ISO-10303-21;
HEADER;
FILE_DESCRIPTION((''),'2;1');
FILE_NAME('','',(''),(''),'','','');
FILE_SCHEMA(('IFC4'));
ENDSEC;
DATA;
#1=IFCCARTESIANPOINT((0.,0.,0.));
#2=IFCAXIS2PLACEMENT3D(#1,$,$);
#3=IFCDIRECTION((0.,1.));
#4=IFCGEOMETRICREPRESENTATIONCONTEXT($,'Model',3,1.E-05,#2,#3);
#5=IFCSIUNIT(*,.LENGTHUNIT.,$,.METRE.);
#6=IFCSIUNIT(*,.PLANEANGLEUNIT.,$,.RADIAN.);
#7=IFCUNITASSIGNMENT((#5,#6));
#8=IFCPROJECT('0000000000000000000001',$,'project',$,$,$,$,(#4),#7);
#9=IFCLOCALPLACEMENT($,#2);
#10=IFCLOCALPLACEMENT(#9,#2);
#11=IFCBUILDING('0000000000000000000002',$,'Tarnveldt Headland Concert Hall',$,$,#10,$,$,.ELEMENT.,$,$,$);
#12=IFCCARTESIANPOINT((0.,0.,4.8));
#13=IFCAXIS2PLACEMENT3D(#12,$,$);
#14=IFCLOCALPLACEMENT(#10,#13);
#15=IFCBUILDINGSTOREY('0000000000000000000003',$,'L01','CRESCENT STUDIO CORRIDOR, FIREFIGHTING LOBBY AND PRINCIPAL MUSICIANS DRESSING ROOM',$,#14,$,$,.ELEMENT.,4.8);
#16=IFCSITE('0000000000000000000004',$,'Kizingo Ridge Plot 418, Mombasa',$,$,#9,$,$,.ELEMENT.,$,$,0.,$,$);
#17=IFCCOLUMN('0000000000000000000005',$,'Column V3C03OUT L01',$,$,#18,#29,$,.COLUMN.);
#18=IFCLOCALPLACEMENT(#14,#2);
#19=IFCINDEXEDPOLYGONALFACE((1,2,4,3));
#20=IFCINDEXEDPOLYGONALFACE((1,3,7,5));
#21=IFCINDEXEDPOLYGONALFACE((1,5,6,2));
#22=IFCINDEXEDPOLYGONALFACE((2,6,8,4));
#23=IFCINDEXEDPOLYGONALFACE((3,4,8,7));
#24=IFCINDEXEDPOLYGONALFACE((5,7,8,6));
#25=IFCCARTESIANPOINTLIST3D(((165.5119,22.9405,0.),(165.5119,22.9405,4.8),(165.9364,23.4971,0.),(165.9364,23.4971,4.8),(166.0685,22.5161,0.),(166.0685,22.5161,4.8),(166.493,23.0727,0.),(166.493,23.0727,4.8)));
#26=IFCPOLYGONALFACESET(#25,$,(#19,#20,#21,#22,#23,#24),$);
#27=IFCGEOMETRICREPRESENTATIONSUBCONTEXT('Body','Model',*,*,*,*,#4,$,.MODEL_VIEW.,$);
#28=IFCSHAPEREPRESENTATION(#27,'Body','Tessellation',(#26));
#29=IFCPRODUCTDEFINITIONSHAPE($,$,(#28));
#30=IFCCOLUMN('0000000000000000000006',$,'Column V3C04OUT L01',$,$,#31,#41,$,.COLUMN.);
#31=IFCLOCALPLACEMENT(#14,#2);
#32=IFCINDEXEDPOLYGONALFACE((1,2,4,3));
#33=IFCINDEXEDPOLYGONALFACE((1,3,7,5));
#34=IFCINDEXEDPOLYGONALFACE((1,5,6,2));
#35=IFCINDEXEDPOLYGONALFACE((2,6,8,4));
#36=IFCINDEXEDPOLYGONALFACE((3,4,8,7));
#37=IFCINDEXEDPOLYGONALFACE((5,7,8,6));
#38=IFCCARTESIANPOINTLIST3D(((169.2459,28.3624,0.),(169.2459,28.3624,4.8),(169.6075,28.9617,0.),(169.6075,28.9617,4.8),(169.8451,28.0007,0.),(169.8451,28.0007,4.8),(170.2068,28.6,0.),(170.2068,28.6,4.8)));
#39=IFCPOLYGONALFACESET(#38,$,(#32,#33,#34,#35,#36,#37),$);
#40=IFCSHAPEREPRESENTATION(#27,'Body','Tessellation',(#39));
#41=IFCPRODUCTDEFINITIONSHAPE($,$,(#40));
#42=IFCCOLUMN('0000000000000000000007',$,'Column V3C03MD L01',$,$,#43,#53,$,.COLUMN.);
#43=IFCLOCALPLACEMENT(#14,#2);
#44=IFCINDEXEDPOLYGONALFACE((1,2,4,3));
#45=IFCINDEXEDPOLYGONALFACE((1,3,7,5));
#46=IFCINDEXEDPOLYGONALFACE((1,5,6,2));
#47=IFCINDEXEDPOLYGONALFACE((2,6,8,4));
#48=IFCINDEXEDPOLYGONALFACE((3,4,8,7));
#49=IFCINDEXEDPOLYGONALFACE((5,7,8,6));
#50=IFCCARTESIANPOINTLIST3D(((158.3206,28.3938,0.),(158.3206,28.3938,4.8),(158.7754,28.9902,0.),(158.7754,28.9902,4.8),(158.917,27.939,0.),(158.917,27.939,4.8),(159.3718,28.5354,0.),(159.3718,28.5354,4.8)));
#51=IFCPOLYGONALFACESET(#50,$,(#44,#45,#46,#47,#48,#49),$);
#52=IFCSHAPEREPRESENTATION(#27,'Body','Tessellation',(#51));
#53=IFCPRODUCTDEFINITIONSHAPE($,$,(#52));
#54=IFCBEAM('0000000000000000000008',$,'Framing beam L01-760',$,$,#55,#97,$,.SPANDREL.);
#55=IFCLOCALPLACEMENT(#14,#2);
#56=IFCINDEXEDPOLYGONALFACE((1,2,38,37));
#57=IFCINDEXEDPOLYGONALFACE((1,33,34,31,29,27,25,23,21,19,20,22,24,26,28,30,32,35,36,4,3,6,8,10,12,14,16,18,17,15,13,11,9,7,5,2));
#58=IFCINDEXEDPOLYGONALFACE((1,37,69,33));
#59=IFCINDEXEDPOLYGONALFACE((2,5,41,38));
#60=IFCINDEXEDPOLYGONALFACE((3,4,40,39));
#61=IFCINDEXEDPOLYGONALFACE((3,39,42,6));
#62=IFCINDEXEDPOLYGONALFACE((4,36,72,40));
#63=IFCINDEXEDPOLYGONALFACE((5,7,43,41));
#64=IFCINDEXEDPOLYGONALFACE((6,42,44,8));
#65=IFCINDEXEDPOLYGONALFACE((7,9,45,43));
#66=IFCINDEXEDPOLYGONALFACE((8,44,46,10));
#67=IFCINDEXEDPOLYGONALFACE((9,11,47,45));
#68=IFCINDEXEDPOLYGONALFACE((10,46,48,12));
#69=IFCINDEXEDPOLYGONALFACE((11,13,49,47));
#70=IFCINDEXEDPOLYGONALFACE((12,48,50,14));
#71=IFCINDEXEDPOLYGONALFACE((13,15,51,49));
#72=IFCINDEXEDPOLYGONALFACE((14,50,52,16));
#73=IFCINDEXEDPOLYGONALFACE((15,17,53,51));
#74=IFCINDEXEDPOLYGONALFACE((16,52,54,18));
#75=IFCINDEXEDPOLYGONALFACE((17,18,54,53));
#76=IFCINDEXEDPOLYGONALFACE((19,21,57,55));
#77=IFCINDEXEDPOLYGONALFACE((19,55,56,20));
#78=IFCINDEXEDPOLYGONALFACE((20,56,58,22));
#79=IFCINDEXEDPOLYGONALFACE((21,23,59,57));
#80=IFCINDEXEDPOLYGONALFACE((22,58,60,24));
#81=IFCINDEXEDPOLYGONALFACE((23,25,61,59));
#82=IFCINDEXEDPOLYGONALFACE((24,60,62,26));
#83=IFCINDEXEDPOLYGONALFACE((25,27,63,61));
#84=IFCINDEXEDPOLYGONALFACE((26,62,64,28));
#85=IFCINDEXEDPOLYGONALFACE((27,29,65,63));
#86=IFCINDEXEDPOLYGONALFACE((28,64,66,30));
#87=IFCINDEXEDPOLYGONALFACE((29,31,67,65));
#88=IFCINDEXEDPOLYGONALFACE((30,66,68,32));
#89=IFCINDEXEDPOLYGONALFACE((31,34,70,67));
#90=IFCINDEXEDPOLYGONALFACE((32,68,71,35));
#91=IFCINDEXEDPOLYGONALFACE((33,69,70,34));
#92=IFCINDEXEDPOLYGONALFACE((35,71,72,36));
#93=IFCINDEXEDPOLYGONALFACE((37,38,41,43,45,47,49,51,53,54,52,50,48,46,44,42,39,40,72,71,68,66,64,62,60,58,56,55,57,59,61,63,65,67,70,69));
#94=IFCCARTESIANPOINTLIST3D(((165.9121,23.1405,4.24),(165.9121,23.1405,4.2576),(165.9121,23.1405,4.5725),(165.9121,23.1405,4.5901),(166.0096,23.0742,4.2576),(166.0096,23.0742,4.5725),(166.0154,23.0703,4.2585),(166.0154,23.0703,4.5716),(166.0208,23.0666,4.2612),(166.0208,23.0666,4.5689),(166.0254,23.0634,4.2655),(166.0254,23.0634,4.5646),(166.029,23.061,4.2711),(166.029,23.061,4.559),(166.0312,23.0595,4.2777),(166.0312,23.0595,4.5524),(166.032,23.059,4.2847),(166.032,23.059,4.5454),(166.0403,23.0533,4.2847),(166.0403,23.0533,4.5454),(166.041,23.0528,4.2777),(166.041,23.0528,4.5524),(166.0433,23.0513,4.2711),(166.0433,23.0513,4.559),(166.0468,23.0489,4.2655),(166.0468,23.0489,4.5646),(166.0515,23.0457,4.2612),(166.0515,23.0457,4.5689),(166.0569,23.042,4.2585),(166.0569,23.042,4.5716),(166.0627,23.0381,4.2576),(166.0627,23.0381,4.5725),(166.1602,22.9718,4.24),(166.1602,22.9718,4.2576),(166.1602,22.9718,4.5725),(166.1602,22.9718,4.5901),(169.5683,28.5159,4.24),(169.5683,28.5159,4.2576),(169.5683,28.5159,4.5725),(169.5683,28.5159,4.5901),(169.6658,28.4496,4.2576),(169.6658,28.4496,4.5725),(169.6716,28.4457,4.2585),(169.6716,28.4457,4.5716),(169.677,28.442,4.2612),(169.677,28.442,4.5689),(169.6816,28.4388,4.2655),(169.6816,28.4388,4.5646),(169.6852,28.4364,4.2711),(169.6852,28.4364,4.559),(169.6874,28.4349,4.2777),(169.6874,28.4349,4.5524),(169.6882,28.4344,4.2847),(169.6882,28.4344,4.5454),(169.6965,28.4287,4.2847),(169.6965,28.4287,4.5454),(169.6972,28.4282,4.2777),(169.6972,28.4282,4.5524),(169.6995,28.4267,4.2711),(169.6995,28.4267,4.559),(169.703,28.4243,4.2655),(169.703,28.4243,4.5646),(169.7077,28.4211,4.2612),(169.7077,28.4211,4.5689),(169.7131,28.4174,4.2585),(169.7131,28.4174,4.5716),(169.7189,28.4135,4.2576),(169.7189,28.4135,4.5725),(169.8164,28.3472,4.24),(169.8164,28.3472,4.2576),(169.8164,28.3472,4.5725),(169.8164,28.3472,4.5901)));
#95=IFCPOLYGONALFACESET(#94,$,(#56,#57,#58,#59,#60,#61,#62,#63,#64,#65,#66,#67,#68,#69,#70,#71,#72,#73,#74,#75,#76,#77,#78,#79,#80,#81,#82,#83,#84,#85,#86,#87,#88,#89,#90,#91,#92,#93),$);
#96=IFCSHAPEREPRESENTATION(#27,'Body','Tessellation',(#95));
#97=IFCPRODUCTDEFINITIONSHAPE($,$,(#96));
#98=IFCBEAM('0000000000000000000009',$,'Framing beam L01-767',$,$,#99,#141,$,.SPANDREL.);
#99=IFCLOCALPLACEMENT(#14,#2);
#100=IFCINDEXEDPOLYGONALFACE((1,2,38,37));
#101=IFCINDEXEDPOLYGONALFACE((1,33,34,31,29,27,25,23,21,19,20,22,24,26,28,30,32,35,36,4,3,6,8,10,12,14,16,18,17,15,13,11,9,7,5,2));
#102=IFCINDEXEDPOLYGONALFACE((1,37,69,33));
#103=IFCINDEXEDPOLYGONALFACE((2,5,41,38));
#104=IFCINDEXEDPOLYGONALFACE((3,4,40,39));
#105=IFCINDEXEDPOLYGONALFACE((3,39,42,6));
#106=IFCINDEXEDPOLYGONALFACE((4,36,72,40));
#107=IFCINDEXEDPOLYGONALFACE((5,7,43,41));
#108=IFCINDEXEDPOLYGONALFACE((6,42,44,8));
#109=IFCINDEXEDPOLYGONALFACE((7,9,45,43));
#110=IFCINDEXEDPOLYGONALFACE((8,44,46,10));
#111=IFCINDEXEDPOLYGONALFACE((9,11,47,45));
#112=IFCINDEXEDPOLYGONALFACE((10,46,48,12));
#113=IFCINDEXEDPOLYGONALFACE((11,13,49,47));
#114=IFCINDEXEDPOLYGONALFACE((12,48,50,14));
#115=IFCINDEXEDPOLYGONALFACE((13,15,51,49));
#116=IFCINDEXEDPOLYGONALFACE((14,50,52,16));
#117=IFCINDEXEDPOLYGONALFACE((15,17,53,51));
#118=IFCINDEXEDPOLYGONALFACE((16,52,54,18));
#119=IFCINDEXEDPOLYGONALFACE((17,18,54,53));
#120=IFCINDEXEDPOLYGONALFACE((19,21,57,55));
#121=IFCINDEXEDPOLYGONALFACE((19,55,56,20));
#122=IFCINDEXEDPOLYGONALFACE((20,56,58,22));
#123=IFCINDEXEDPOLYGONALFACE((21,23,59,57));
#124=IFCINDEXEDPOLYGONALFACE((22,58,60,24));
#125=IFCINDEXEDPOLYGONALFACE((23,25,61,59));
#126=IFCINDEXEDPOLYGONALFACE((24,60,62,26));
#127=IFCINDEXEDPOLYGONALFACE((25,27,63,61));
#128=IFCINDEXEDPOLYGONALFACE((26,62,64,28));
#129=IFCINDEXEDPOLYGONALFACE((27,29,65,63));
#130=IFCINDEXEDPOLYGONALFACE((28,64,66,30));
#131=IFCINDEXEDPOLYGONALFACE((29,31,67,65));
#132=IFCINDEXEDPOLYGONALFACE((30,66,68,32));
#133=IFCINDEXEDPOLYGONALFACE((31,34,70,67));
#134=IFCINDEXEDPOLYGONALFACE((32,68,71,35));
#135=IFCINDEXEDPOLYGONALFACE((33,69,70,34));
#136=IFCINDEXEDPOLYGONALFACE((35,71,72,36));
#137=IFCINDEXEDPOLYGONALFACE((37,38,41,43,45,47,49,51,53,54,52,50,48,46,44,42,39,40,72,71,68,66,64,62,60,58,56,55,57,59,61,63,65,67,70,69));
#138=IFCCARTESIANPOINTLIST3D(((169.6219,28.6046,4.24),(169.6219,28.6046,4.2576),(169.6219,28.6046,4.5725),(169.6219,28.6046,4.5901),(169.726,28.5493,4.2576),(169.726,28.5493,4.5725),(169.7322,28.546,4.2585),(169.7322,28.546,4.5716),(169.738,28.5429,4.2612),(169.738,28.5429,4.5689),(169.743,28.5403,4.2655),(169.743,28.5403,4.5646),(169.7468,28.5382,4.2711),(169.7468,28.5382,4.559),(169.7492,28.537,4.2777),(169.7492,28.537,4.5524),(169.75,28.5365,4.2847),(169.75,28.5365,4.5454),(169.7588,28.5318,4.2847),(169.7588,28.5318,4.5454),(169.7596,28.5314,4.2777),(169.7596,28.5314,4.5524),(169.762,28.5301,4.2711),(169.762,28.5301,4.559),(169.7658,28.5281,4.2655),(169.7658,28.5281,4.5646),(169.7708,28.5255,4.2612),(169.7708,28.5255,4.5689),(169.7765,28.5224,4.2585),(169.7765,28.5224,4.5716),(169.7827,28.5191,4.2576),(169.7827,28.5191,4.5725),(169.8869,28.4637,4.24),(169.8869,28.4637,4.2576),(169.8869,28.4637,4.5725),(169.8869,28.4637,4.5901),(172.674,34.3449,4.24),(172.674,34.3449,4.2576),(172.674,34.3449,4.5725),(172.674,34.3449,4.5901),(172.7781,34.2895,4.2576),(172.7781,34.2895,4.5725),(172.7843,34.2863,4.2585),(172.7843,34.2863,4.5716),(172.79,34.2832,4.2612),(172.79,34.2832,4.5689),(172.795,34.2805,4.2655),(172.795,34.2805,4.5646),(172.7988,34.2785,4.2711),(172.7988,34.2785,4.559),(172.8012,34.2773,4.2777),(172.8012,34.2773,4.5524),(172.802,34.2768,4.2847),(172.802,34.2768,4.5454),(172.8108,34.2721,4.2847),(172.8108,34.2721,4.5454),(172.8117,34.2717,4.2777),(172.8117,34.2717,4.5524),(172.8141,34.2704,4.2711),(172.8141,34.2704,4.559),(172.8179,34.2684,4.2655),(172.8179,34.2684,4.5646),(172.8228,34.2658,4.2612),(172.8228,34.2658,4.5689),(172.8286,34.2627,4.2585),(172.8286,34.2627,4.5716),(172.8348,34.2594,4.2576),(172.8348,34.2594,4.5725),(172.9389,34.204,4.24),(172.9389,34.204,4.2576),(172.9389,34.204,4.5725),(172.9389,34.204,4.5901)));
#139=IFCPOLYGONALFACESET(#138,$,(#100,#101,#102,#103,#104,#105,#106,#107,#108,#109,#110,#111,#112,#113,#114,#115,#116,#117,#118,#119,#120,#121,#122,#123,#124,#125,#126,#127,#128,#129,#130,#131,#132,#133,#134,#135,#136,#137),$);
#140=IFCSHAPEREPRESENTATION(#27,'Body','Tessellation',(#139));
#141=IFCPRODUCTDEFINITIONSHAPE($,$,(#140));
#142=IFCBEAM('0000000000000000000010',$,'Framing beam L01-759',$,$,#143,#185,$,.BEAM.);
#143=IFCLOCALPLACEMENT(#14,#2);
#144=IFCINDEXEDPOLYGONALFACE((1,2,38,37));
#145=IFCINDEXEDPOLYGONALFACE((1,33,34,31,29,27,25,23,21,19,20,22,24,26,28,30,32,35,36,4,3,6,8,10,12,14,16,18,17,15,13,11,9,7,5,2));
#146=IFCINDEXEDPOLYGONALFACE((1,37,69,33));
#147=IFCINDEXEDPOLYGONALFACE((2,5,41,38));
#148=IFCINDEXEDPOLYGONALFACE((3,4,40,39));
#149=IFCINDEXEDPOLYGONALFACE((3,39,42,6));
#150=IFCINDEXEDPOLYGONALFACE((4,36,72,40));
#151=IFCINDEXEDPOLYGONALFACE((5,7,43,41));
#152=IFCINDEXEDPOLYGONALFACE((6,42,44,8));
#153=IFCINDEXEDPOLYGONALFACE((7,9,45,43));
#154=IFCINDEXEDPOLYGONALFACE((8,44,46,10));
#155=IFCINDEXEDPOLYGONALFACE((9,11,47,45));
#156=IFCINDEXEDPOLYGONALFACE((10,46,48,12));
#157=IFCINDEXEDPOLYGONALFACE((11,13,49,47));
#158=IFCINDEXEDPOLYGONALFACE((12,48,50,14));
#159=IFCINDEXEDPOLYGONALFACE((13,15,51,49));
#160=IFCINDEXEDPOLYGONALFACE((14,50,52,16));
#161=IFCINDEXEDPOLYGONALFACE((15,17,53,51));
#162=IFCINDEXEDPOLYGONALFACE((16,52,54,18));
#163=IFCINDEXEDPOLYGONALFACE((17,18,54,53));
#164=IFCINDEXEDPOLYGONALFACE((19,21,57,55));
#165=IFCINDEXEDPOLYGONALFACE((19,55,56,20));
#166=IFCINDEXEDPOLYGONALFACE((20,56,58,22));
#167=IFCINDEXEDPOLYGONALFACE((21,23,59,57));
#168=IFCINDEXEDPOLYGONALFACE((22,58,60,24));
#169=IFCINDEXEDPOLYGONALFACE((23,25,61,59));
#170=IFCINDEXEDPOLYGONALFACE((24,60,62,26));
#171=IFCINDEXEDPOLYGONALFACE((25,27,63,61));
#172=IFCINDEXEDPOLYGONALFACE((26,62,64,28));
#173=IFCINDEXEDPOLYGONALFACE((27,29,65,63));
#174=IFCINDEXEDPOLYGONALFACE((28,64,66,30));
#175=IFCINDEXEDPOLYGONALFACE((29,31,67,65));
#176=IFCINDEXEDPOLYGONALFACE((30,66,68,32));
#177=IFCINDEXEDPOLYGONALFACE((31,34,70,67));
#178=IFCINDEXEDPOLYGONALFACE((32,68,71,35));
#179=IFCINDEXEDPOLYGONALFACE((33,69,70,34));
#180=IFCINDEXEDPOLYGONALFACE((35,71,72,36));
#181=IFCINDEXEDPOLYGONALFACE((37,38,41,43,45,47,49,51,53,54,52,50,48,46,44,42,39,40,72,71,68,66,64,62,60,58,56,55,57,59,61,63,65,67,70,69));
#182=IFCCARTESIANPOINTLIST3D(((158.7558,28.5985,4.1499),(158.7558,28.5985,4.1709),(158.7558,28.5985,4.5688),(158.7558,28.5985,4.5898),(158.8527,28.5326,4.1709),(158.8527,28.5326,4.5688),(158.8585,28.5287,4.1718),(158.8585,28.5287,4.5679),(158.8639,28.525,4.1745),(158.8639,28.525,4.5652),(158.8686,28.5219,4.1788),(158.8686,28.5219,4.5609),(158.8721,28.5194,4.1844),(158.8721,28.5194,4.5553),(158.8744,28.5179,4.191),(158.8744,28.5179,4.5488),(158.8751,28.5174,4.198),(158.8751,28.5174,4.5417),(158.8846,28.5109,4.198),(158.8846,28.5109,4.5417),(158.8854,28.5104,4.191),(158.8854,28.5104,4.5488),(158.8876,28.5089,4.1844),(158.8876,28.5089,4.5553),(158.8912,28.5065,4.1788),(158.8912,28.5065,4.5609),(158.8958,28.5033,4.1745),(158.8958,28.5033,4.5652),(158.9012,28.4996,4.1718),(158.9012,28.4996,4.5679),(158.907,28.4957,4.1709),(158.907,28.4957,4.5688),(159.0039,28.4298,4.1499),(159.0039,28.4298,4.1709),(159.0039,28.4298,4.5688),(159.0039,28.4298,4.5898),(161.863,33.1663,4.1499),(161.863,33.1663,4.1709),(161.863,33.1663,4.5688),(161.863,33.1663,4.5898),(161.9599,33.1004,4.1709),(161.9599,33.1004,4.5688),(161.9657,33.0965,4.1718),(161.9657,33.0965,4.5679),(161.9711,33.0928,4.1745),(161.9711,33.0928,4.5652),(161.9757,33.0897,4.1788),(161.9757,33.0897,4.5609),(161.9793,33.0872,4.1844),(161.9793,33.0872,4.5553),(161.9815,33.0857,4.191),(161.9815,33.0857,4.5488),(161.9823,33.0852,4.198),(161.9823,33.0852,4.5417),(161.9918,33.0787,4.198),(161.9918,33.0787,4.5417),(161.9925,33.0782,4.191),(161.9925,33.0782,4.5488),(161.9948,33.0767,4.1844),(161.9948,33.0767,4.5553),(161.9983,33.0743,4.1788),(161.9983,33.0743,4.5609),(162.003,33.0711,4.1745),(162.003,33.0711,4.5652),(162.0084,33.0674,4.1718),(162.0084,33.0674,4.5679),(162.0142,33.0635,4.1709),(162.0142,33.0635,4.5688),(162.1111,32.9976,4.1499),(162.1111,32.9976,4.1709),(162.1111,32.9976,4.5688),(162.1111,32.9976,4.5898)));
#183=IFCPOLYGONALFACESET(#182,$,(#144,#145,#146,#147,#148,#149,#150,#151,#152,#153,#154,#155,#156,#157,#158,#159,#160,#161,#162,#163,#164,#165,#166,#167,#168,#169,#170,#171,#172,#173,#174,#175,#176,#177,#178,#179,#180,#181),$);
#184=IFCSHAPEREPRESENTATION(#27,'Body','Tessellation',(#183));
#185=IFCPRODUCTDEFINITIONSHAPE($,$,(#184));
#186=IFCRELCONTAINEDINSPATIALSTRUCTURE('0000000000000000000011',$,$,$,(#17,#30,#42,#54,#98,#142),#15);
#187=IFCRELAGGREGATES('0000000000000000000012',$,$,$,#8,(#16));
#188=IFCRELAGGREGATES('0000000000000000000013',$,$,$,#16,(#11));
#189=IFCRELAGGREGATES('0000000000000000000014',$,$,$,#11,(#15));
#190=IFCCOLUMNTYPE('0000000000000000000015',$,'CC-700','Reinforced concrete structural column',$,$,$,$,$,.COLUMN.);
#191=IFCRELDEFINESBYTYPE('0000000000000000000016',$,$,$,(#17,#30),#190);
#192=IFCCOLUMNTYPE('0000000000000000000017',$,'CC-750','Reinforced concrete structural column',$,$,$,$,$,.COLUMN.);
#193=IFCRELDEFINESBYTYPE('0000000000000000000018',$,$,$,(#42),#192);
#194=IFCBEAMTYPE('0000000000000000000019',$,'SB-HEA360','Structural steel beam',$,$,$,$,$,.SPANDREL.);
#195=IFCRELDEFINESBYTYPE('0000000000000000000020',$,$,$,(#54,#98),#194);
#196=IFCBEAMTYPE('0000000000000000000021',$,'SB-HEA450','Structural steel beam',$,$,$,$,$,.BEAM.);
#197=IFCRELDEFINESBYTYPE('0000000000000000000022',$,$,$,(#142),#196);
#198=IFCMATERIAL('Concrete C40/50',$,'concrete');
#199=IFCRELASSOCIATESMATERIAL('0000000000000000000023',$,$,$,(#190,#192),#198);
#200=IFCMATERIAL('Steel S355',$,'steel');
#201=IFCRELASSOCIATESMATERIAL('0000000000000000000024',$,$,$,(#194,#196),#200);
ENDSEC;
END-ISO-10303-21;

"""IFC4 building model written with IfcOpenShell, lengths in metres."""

from ifc_helpers import new_model, si_unit, direction, frame, origin, origin_2d, place, context, subcontext, project, spatial, rectangle, i_section, extrude, material, material_profile, profile_set, type_object, element, save


model = new_model("IFC4")

# Units and contexts
model_context = context("Model", 3, precision=1e-05, world=origin(), true_north=direction((0.0, 1.0)))
body_context = subcontext(model_context, "Body", "Model", "MODEL_VIEW")
ifc_project = project(units=[si_unit("LENGTHUNIT", "METRE"), si_unit("PLANEANGLEUNIT", "RADIAN")], contexts=[model_context])

# Site, building, storey
site_placement = place(None, origin())
site = spatial("IfcSite", under=ifc_project, at=site_placement, Name="Kizingo Ridge Plot 418, Mombasa", CompositionType="ELEMENT", RefElevation=0.0)
building_placement = place(site_placement, origin())
building = spatial("IfcBuilding", under=site, at=building_placement, Name="Tarnveldt Headland Concert Hall", CompositionType="ELEMENT")
storey_placement = place(building_placement, frame((0.0, 0.0, 4.8)))
storey = spatial("IfcBuildingStorey", under=building, at=storey_placement, Name="L01", Description="CRESCENT STUDIO CORRIDOR, FIREFIGHTING LOBBY AND PRINCIPAL MUSICIANS DRESSING ROOM", CompositionType="ELEMENT", Elevation=4.8)

# Columns
ifc_material_1 = material(Name="Concrete C40/50", Category="concrete")
ifc_material_profile_1 = material_profile(ifc_material_1, rectangle(XDim=0.7, YDim=0.7, at=origin_2d()), Name="RC 700x700", Category="concrete")
ifc_profile_set_1 = profile_set([ifc_material_profile_1], Name="Concrete C40/50")
column_type_1 = type_object("IfcColumnType", Name="CC-700", Description="Reinforced concrete structural column", PredefinedType="COLUMN", material=ifc_profile_set_1)
for number, where, z_axis, x_axis, name in (
    (1, (166.0024, 23.0066, 0.0), (0.0, 0.0, 1.0), (0.795156, -0.606405, 0.0), "Column V3C03OUT L01"),
    (2, (169.7263, 28.4812, 0.0), (0.0, 0.0, 1.0), (0.856177, -0.516683, 0.0), "Column V3C04OUT L01"),
):
    element("IfcColumn", number, at=place(storey_placement, frame(where, z_axis=z_axis, x_axis=x_axis)), inside=storey, type_object=column_type_1, Name=name, PredefinedType="COLUMN", context=body_context, shape_type="SweptSolid", body=[
        extrude(rectangle(XDim=0.7, YDim=0.7, at=origin_2d()), origin(), (0.0, 0.0, 1.0), 4.8),
    ])
ifc_material_profile_2 = material_profile(ifc_material_1, rectangle(XDim=0.75, YDim=0.75, at=origin_2d()), Name="RC 750x750", Category="concrete")
ifc_profile_set_2 = profile_set([ifc_material_profile_2], Name="Concrete C40/50")
column_type_2 = type_object("IfcColumnType", Name="CC-750", Description="Reinforced concrete structural column", PredefinedType="COLUMN", material=ifc_profile_set_2)
column_placement = place(storey_placement, frame((158.8462, 28.4646, 0.0), z_axis=(0.0, 0.0, 1.0), x_axis=(0.795156, -0.606405, 0.0)))
element("IfcColumn", 3, at=column_placement, inside=storey, type_object=column_type_2, Name="Column V3C03MD L01", PredefinedType="COLUMN", context=body_context, shape_type="SweptSolid", body=[
    extrude(rectangle(XDim=0.75, YDim=0.75, at=origin_2d()), origin(), (0.0, 0.0, 1.0), 4.8),
])

# Beams
ifc_material_2 = material(Name="Steel S355", Category="steel")
ifc_material_profile_3 = material_profile(ifc_material_2, i_section(OverallWidth=0.3, OverallDepth=0.3501, WebThickness=0.01, FlangeThickness=0.0176, FilletRadius=0.0271, at=origin_2d()), Name="HEA360", Category="steel")
ifc_profile_set_3 = profile_set([ifc_material_profile_3], Name="Steel S355")
beam_type_1 = type_object("IfcBeamType", Name="SB-HEA360", Description="Structural steel beam", PredefinedType="SPANDREL", material=ifc_profile_set_3)
beam_1_placement = place(storey_placement, frame((166.0361, 23.0562, 4.415), z_axis=(0.562407, 0.826861, 0.0), x_axis=(-0.826861, 0.562407, 0.0)))
element("IfcBeam", 4, at=beam_1_placement, inside=storey, type_object=beam_type_1, Name="Framing beam L01-760", PredefinedType="SPANDREL", context=body_context, shape_type="SweptSolid", body=[
    extrude(i_section(OverallWidth=0.3, OverallDepth=0.3501, WebThickness=0.01, FlangeThickness=0.0176, FilletRadius=0.0271, at=origin_2d()), origin(), (0.0, 0.0, 1.0), 6.501),
])
beam_2_placement = place(storey_placement, frame((169.7544, 28.5342, 4.415), z_axis=(0.469455, 0.882956, 0.0), x_axis=(-0.882956, 0.469455, 0.0)))
element("IfcBeam", 5, at=beam_2_placement, inside=storey, type_object=beam_type_1, Name="Framing beam L01-767", PredefinedType="SPANDREL", context=body_context, shape_type="SweptSolid", body=[
    extrude(i_section(OverallWidth=0.3, OverallDepth=0.3501, WebThickness=0.01, FlangeThickness=0.0176, FilletRadius=0.0271, at=origin_2d()), origin(), (0.0, 0.0, 1.0), 6.5012),
])
ifc_material_profile_4 = material_profile(ifc_material_2, i_section(OverallWidth=0.3, OverallDepth=0.4399, WebThickness=0.0115, FlangeThickness=0.021, FilletRadius=0.0271, at=origin_2d()), Name="HEA450", Category="steel")
ifc_profile_set_4 = profile_set([ifc_material_profile_4], Name="Steel S355")
beam_type_2 = type_object("IfcBeamType", Name="SB-HEA450", Description="Structural steel beam", PredefinedType="BEAM", material=ifc_profile_set_4)
beam_3_placement = place(storey_placement, frame((158.8799, 28.5142, 4.3699), z_axis=(0.562437, 0.82684, 0.0), x_axis=(-0.82684, 0.562437, 0.0)))
element("IfcBeam", 6, at=beam_3_placement, inside=storey, type_object=beam_type_2, Name="Framing beam L01-759", PredefinedType="BEAM", context=body_context, shape_type="SweptSolid", body=[
    extrude(i_section(OverallWidth=0.3, OverallDepth=0.4399, WebThickness=0.0115, FlangeThickness=0.021, FilletRadius=0.0271, at=origin_2d()), origin(), (0.0, 0.0, 1.0), 5.5244),
])

save(model, "model.ifc")
